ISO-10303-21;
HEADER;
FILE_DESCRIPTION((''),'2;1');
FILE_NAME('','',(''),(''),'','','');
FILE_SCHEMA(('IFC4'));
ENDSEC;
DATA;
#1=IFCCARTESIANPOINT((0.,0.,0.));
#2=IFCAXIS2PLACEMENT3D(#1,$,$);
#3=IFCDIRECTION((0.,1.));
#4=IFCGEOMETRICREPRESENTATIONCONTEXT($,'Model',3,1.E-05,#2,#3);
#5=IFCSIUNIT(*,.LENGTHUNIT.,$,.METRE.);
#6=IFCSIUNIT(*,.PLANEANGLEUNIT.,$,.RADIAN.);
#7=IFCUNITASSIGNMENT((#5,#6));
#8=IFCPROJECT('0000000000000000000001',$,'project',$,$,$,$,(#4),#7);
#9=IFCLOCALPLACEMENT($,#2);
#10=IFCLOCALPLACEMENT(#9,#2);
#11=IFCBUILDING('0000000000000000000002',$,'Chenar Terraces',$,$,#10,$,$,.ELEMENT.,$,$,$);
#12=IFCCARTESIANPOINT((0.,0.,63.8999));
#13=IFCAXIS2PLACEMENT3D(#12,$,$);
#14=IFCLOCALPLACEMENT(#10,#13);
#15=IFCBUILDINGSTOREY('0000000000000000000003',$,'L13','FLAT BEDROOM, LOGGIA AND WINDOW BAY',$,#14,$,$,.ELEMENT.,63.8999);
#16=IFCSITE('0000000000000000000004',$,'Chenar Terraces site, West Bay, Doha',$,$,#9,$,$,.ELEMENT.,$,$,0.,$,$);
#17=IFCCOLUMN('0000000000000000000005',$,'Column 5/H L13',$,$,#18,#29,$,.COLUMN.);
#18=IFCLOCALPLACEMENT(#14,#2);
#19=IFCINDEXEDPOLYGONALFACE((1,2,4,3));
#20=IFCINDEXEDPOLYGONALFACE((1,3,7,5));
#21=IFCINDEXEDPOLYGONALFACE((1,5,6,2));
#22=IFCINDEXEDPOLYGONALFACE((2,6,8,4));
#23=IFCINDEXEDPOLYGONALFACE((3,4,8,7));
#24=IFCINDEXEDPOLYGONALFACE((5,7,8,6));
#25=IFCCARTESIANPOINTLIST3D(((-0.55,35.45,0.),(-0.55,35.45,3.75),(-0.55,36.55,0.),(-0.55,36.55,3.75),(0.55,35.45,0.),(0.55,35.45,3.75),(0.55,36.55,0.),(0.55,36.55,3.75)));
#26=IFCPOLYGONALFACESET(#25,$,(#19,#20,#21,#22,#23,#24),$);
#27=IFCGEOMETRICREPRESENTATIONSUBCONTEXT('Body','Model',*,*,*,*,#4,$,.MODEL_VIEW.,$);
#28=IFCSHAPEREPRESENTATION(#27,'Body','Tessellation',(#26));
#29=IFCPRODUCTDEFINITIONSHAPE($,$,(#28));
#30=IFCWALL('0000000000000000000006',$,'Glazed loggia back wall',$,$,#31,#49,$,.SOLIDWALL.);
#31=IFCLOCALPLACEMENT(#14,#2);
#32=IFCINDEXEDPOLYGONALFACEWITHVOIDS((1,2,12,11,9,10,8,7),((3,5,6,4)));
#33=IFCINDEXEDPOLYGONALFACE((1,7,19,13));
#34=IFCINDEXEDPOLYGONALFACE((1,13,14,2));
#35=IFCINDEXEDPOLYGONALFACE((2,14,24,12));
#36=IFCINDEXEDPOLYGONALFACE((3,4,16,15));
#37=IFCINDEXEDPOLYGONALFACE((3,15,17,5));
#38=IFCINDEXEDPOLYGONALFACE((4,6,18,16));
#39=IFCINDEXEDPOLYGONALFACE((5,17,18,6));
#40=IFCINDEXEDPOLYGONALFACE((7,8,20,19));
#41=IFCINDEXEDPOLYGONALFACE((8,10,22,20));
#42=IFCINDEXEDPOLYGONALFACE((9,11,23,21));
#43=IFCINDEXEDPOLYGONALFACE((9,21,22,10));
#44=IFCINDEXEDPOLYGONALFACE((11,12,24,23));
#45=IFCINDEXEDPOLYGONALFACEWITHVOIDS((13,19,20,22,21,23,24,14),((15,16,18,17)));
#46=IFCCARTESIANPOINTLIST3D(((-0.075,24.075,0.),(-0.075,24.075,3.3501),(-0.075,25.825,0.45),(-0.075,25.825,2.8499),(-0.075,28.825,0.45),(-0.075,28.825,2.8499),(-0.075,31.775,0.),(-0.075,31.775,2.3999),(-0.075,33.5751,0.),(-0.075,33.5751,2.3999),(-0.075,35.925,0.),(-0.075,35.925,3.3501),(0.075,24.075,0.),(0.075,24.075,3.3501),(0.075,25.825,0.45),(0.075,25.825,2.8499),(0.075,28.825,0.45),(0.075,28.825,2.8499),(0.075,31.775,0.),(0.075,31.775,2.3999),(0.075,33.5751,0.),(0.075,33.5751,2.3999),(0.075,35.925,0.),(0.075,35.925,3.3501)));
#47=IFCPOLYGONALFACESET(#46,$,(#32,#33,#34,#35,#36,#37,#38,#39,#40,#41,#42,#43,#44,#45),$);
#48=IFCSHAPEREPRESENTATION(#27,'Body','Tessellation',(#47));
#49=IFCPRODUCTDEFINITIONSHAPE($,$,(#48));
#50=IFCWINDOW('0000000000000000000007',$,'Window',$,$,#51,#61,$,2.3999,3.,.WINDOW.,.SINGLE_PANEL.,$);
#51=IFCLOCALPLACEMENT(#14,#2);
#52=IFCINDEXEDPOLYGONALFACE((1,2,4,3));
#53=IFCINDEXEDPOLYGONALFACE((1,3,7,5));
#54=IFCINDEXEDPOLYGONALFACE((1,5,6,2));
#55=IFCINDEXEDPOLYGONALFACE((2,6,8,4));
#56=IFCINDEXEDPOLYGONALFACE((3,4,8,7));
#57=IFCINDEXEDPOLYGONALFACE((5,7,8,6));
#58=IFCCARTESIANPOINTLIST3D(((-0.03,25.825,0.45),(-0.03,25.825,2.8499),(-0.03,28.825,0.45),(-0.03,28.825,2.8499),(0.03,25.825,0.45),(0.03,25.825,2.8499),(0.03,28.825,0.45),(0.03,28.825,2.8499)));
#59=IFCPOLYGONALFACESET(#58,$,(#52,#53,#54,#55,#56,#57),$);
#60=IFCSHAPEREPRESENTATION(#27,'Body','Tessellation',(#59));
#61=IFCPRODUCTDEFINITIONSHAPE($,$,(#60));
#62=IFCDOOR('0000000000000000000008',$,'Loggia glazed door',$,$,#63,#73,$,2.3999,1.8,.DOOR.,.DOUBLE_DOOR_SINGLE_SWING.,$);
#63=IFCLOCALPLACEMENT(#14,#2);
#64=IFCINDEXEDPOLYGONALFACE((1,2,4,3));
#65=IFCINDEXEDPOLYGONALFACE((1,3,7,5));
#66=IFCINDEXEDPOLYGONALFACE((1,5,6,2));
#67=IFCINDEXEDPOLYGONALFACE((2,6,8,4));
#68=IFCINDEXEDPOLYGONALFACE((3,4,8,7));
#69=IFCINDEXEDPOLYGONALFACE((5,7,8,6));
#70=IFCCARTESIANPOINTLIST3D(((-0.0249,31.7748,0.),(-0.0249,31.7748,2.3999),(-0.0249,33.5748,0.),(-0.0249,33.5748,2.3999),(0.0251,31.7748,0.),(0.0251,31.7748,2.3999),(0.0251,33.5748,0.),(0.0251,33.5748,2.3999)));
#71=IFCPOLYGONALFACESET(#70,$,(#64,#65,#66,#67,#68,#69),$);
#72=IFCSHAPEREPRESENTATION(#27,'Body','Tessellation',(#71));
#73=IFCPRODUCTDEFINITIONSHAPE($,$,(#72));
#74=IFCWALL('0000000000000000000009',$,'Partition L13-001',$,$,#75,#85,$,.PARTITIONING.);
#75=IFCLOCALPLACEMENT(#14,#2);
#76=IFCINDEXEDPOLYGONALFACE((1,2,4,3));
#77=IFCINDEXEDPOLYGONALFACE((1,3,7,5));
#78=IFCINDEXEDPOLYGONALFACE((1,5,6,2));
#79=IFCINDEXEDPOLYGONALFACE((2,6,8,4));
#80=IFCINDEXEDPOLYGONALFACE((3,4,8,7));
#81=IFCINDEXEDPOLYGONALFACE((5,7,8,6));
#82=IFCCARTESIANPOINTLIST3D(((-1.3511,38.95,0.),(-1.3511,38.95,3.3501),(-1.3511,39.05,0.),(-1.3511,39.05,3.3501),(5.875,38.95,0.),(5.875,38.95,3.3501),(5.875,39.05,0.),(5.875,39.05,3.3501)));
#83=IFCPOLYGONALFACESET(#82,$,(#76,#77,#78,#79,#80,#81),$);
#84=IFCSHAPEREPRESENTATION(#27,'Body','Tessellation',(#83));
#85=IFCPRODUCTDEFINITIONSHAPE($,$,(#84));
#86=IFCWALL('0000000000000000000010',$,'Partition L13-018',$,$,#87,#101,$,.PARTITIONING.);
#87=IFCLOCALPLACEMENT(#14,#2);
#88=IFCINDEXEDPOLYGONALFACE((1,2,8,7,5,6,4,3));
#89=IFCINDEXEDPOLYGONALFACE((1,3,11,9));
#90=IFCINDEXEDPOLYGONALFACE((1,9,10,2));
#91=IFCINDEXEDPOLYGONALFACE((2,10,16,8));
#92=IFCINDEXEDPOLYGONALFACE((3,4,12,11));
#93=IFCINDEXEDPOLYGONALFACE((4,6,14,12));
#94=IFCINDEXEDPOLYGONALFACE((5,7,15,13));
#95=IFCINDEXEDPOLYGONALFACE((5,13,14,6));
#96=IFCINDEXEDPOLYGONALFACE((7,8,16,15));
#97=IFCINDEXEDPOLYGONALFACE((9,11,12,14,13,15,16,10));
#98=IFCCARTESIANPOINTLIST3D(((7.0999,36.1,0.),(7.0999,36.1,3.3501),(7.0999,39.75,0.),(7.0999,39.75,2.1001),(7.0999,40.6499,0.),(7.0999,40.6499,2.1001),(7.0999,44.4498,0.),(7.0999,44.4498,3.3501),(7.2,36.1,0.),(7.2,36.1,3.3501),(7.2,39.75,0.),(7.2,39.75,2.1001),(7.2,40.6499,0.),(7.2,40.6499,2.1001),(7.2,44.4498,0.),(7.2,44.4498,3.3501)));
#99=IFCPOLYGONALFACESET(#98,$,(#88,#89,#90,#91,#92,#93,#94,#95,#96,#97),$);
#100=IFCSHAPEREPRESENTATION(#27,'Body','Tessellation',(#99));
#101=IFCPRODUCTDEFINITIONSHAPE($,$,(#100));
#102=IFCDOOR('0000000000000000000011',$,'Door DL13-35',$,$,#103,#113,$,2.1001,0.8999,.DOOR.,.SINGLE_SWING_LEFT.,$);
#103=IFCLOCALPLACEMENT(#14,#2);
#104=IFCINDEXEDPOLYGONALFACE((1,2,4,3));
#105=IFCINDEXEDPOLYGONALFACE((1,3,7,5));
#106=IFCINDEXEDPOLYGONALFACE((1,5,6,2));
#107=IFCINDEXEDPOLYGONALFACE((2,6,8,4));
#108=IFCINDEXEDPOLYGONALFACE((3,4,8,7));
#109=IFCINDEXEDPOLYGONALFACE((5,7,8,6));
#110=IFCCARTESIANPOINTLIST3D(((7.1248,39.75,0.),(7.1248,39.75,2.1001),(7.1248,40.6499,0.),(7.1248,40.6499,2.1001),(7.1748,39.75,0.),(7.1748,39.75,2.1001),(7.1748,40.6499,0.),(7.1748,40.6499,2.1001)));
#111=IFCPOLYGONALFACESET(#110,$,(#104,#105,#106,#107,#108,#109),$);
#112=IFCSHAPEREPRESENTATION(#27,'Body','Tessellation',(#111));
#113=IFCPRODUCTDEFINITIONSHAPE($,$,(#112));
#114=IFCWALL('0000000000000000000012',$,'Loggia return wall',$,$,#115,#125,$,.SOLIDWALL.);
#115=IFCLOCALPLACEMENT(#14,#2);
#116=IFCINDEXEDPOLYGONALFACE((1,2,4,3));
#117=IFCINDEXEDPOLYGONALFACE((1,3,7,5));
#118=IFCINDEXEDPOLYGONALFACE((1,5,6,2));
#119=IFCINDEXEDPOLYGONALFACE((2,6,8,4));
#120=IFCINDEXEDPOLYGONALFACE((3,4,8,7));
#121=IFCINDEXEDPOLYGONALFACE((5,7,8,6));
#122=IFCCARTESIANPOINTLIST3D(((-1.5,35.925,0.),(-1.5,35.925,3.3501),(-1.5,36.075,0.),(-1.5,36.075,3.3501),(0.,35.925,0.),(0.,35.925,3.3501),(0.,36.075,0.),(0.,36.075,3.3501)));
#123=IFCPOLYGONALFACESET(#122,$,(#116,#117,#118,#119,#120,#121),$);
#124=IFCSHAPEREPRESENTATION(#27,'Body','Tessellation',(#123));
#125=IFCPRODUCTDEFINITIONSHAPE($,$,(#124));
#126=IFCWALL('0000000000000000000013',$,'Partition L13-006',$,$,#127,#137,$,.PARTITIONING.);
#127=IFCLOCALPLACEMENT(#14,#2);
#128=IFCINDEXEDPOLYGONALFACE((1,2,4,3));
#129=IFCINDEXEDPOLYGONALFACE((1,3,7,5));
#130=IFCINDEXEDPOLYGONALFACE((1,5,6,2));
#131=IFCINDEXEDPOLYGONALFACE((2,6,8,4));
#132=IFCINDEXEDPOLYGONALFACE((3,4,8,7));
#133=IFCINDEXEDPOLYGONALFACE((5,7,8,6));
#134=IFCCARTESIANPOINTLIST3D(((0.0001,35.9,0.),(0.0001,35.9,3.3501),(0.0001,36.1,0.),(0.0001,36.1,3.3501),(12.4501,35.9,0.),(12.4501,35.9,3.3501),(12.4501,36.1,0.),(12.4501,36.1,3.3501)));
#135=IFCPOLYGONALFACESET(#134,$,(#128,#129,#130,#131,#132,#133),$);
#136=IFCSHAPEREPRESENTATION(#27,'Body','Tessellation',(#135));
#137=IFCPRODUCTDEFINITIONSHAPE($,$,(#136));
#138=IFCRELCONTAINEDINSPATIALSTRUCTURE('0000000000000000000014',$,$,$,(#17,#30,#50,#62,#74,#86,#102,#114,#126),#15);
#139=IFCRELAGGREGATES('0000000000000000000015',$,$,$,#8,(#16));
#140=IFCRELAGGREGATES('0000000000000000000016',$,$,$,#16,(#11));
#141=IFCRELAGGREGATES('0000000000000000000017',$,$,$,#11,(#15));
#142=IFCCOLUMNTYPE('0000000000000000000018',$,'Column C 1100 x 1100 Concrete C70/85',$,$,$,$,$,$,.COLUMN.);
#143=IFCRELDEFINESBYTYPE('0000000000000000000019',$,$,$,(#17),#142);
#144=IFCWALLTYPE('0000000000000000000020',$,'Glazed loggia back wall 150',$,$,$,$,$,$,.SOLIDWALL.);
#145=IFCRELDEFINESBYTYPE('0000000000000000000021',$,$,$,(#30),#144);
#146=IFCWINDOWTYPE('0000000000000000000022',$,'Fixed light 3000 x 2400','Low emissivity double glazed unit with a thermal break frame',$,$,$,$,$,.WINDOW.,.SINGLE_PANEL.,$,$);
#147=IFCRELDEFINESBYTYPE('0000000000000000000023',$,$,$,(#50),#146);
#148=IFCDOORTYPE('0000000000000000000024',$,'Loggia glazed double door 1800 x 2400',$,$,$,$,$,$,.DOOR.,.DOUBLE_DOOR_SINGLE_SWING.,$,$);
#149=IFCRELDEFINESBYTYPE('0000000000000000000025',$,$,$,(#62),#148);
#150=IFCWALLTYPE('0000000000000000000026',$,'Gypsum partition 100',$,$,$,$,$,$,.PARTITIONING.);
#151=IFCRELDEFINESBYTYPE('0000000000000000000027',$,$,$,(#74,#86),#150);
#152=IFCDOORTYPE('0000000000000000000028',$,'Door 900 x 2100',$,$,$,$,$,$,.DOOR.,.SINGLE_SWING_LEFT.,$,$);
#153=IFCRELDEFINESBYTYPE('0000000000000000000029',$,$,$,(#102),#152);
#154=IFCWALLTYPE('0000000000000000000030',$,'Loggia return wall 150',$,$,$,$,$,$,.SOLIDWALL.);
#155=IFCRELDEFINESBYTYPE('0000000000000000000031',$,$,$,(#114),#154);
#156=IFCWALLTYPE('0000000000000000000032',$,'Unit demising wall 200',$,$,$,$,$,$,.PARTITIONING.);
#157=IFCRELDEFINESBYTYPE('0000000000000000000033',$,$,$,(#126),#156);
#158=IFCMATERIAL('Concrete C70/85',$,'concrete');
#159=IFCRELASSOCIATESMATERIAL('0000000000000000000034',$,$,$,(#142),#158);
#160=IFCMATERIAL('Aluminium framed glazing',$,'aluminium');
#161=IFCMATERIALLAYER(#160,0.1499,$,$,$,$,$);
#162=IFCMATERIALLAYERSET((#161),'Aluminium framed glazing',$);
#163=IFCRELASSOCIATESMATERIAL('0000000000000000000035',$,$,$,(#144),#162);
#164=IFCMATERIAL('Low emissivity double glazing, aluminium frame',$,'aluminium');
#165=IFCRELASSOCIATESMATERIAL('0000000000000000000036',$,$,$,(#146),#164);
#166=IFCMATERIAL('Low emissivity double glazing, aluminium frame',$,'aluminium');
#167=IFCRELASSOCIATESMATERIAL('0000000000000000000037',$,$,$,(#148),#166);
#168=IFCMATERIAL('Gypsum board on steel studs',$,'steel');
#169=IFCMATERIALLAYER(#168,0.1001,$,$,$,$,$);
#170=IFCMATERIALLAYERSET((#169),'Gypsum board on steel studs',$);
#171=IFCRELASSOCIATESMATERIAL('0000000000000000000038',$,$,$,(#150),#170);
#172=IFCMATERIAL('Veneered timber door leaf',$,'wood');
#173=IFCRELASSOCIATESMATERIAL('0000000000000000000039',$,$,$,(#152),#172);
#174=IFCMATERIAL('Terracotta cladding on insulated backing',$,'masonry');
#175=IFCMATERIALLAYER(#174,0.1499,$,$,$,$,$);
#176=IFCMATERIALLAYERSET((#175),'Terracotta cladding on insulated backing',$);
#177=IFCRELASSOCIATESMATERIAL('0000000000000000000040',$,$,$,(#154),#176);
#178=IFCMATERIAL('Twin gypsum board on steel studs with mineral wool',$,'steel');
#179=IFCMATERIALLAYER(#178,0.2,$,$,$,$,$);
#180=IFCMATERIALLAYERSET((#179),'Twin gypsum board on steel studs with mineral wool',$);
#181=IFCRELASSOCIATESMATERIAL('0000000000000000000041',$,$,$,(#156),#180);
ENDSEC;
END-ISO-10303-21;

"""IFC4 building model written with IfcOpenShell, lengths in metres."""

from ifc_helpers import new_model, si_unit, direction, frame, frame_2d, origin, origin_2d, place, context, subcontext, project, spatial, rectangle, extrude, material, layer, layer_set, material_profile, profile_set, type_object, element, fill, save


model = new_model("IFC4")

# Units and contexts
model_context = context("Model", 3, precision=1e-05, world=origin(), true_north=direction((0.0, 1.0)))
body_context = subcontext(model_context, "Body", "Model", "MODEL_VIEW")
ifc_project = project(units=[si_unit("LENGTHUNIT", "METRE"), si_unit("PLANEANGLEUNIT", "RADIAN")], contexts=[model_context])

# Site, building, storey
site_placement = place(None, origin())
site = spatial("IfcSite", under=ifc_project, at=site_placement, Name="Chenar Terraces site, West Bay, Doha", CompositionType="ELEMENT", RefElevation=0.0)
building_placement = place(site_placement, origin())
building = spatial("IfcBuilding", under=site, at=building_placement, Name="Chenar Terraces", CompositionType="ELEMENT")
storey_placement = place(building_placement, frame((0.0, 0.0, 63.8999)))
storey = spatial("IfcBuildingStorey", under=building, at=storey_placement, Name="L13", Description="FLAT BEDROOM, LOGGIA AND WINDOW BAY", CompositionType="ELEMENT", Elevation=63.8999)

# Column
ifc_material_1 = material(Name="Concrete C70/85", Category="concrete")
ifc_material_profile_1 = material_profile(ifc_material_1, rectangle(XDim=1.1001, YDim=1.1001, at=origin_2d()), Name="C 1100 x 1100")
ifc_profile_set_1 = profile_set([ifc_material_profile_1], Name="Concrete C70/85")
column_type = type_object("IfcColumnType", Name="Column C 1100 x 1100 Concrete C70/85", PredefinedType="COLUMN", material=ifc_profile_set_1)
placement = place(storey_placement, frame((0.0, 36.0, 0.0), z_axis=(0.0, 0.0, 1.0), x_axis=(1.0, 0.0, 0.0)))
element("IfcColumn", 1, at=placement, inside=storey, type_object=column_type, Name="Column 5/H L13", PredefinedType="COLUMN", context=body_context, shape_type="SweptSolid", body=[
    extrude(rectangle(XDim=1.1001, YDim=1.1001, at=origin_2d()), origin(), (0.0, 0.0, 1.0), 3.75),
])

# Wall, openings, window, door
ifc_material_2 = material(Name="Aluminium framed glazing", Category="aluminium")
ifc_layer_1 = layer(ifc_material_2, 0.1499)
ifc_layer_set_1 = layer_set([ifc_layer_1], Name="Aluminium framed glazing")
wall_type_1 = type_object("IfcWallType", Name="Glazed loggia back wall 150", PredefinedType="SOLIDWALL", material=ifc_layer_set_1)
wall_1_placement = place(storey_placement, frame((0.0, 35.925, 0.0), z_axis=(0.0, 0.0, 1.0), x_axis=(0.0, -1.0, 0.0)))
wall_1 = element("IfcWall", 2, at=wall_1_placement, inside=storey, type_object=wall_type_1, Name="Glazed loggia back wall", PredefinedType="SOLIDWALL", context=body_context, shape_type="SweptSolid", body=[
    extrude(rectangle(XDim=11.8501, YDim=0.1499, at=frame_2d((5.925, 0.0))), origin(), (0.0, 0.0, 1.0), 3.3501),
])
opening_1_placement = place(wall_1_placement, frame((2.3501, 0.0, 0.0)))
opening_1 = element("IfcOpeningElement", 3, at=opening_1_placement, cuts=wall_1, PredefinedType="OPENING", context=body_context, shape_type="SweptSolid", body=[
    extrude(rectangle(XDim=1.8, YDim=2.3999, at=frame_2d((0.8999, 1.2))), frame((0.0, 0.085, 0.0), z_axis=(0.0, -1.0, 0.0), x_axis=(1.0, 0.0, 0.0)), (0.0, 0.0, 1.0), 0.1699),
])
opening_2_placement = place(wall_1_placement, frame((7.1001, 0.0, 0.45)))
opening_2 = element("IfcOpeningElement", 4, at=opening_2_placement, cuts=wall_1, PredefinedType="OPENING", context=body_context, shape_type="SweptSolid", body=[
    extrude(rectangle(XDim=3.0, YDim=2.3999, at=frame_2d((1.5, 1.2))), frame((0.0, 0.085, 0.0), z_axis=(0.0, -1.0, 0.0), x_axis=(1.0, 0.0, 0.0)), (0.0, 0.0, 1.0), 0.1699),
])
ifc_material_3 = material(Name="Low emissivity double glazing, aluminium frame", Category="aluminium")
window_type = type_object("IfcWindowType", Name="Fixed light 3000 x 2400", Description="Low emissivity double glazed unit with a thermal break frame", PartitioningType="SINGLE_PANEL", PredefinedType="WINDOW", material=ifc_material_3)
window_placement = place(opening_2_placement, origin())
window = element("IfcWindow", 5, at=window_placement, inside=storey, type_object=window_type, Name="Window", OverallHeight=2.3999, OverallWidth=3.0, PartitioningType="SINGLE_PANEL", PredefinedType="WINDOW", context=body_context, shape_type="SweptSolid", body=[
    extrude(rectangle(XDim=3.0, YDim=2.3999, at=frame_2d((1.5, 1.2))), frame((0.0, 0.03, 0.0), z_axis=(0.0, -1.0, 0.0), x_axis=(1.0, 0.0, 0.0)), (0.0, 0.0, 1.0), 0.0601),
])
fill(opening_2, window)
ifc_material_4 = material(Name="Low emissivity double glazing, aluminium frame", Category="aluminium")
door_type_1 = type_object("IfcDoorType", Name="Loggia glazed double door 1800 x 2400", OperationType="DOUBLE_DOOR_SINGLE_SWING", PredefinedType="DOOR", material=ifc_material_4)
door_1_placement = place(opening_1_placement, frame((1.8, 0.0, 0.0), z_axis=(0.0, 0.0, 1.0), x_axis=(-1.0, 0.0, 0.0)))
door_1 = element("IfcDoor", 6, at=door_1_placement, inside=storey, type_object=door_type_1, Name="Loggia glazed door", OperationType="DOUBLE_DOOR_SINGLE_SWING", OverallHeight=2.3999, OverallWidth=1.8, PredefinedType="DOOR", context=body_context, shape_type="SweptSolid", body=[
    extrude(rectangle(XDim=1.8, YDim=2.3999, at=frame_2d((0.8999, 1.2))), frame((0.0, 0.0249, 0.0), z_axis=(0.0, -1.0, 0.0), x_axis=(1.0, 0.0, 0.0)), (0.0, 0.0, 1.0), 0.05),
])
fill(opening_1, door_1)

# Wall
ifc_material_5 = material(Name="Gypsum board on steel studs", Category="steel")
ifc_layer_2 = layer(ifc_material_5, 0.1001)
ifc_layer_set_2 = layer_set([ifc_layer_2], Name="Gypsum board on steel studs")
wall_type_2 = type_object("IfcWallType", Name="Gypsum partition 100", PredefinedType="PARTITIONING", material=ifc_layer_set_2)
wall_2_placement = place(storey_placement, frame((-1.3511, 39.0, 0.0), z_axis=(0.0, 0.0, 1.0), x_axis=(1.0, 0.0, 0.0)))
element("IfcWall", 7, at=wall_2_placement, inside=storey, type_object=wall_type_2, Name="Partition L13-001", PredefinedType="PARTITIONING", context=body_context, shape_type="SweptSolid", body=[
    extrude(rectangle(XDim=7.2261, YDim=0.1001, at=frame_2d((3.613, 0.0))), origin(), (0.0, 0.0, 1.0), 3.3501),
])

# Wall, opening, door
wall_3_placement = place(storey_placement, frame((7.1499, 36.1001, 0.0), z_axis=(0.0, 0.0, 1.0), x_axis=(0.0, 1.0, 0.0)))
wall_3 = element("IfcWall", 8, at=wall_3_placement, inside=storey, type_object=wall_type_2, Name="Partition L13-018", PredefinedType="PARTITIONING", context=body_context, shape_type="SweptSolid", body=[
    extrude(rectangle(XDim=8.3499, YDim=0.1001, at=frame_2d((4.1748, 0.0))), origin(), (0.0, 0.0, 1.0), 3.3501),
])
opening_3_placement = place(wall_3_placement, frame((3.6499, 0.0, 0.0)))
opening_3 = element("IfcOpeningElement", 9, at=opening_3_placement, cuts=wall_3, PredefinedType="OPENING", context=body_context, shape_type="SweptSolid", body=[
    extrude(rectangle(XDim=0.8999, YDim=2.1001, at=frame_2d((0.45, 1.05))), frame((0.0, 0.0601, 0.0), z_axis=(0.0, -1.0, 0.0), x_axis=(1.0, 0.0, 0.0)), (0.0, 0.0, 1.0), 0.1201),
])
ifc_material_6 = material(Name="Veneered timber door leaf", Category="wood")
door_type_2 = type_object("IfcDoorType", Name="Door 900 x 2100", OperationType="SINGLE_SWING_LEFT", PredefinedType="DOOR", material=ifc_material_6)
door_2_placement = place(opening_3_placement, frame((0.8999, 0.0, 0.0), z_axis=(0.0, 0.0, 1.0), x_axis=(-1.0, 0.0, 0.0)))
door_2 = element("IfcDoor", 10, at=door_2_placement, inside=storey, type_object=door_type_2, Name="Door DL13-35", OperationType="SINGLE_SWING_LEFT", OverallHeight=2.1001, OverallWidth=0.8999, PredefinedType="DOOR", context=body_context, shape_type="SweptSolid", body=[
    extrude(rectangle(XDim=0.8999, YDim=2.1001, at=frame_2d((0.45, 1.05))), frame((0.0, 0.0249, 0.0), z_axis=(0.0, -1.0, 0.0), x_axis=(1.0, 0.0, 0.0)), (0.0, 0.0, 1.0), 0.05),
])
fill(opening_3, door_2)

# Walls
ifc_material_7 = material(Name="Terracotta cladding on insulated backing", Category="masonry")
ifc_layer_3 = layer(ifc_material_7, 0.1499)
ifc_layer_set_3 = layer_set([ifc_layer_3], Name="Terracotta cladding on insulated backing")
wall_type_3 = type_object("IfcWallType", Name="Loggia return wall 150", PredefinedType="SOLIDWALL", material=ifc_layer_set_3)
wall_4_placement = place(storey_placement, frame((-1.5, 36.0, 0.0), z_axis=(0.0, 0.0, 1.0), x_axis=(1.0, 0.0, 0.0)))
element("IfcWall", 11, at=wall_4_placement, inside=storey, type_object=wall_type_3, Name="Loggia return wall", PredefinedType="SOLIDWALL", context=body_context, shape_type="SweptSolid", body=[
    extrude(rectangle(XDim=1.5, YDim=0.1499, at=frame_2d((0.75, 0.0))), origin(), (0.0, 0.0, 1.0), 3.3501),
])
ifc_material_8 = material(Name="Twin gypsum board on steel studs with mineral wool", Category="steel")
ifc_layer_4 = layer(ifc_material_8, 0.2)
ifc_layer_set_4 = layer_set([ifc_layer_4], Name="Twin gypsum board on steel studs with mineral wool")
wall_type_4 = type_object("IfcWallType", Name="Unit demising wall 200", PredefinedType="PARTITIONING", material=ifc_layer_set_4)
element("IfcWall", 12, at=placement, inside=storey, type_object=wall_type_4, Name="Partition L13-006", PredefinedType="PARTITIONING", context=body_context, shape_type="SweptSolid", body=[
    extrude(rectangle(XDim=12.45, YDim=0.2, at=frame_2d((6.2251, 0.0))), origin(), (0.0, 0.0, 1.0), 3.3501),
])

save(model, "model.ifc")
